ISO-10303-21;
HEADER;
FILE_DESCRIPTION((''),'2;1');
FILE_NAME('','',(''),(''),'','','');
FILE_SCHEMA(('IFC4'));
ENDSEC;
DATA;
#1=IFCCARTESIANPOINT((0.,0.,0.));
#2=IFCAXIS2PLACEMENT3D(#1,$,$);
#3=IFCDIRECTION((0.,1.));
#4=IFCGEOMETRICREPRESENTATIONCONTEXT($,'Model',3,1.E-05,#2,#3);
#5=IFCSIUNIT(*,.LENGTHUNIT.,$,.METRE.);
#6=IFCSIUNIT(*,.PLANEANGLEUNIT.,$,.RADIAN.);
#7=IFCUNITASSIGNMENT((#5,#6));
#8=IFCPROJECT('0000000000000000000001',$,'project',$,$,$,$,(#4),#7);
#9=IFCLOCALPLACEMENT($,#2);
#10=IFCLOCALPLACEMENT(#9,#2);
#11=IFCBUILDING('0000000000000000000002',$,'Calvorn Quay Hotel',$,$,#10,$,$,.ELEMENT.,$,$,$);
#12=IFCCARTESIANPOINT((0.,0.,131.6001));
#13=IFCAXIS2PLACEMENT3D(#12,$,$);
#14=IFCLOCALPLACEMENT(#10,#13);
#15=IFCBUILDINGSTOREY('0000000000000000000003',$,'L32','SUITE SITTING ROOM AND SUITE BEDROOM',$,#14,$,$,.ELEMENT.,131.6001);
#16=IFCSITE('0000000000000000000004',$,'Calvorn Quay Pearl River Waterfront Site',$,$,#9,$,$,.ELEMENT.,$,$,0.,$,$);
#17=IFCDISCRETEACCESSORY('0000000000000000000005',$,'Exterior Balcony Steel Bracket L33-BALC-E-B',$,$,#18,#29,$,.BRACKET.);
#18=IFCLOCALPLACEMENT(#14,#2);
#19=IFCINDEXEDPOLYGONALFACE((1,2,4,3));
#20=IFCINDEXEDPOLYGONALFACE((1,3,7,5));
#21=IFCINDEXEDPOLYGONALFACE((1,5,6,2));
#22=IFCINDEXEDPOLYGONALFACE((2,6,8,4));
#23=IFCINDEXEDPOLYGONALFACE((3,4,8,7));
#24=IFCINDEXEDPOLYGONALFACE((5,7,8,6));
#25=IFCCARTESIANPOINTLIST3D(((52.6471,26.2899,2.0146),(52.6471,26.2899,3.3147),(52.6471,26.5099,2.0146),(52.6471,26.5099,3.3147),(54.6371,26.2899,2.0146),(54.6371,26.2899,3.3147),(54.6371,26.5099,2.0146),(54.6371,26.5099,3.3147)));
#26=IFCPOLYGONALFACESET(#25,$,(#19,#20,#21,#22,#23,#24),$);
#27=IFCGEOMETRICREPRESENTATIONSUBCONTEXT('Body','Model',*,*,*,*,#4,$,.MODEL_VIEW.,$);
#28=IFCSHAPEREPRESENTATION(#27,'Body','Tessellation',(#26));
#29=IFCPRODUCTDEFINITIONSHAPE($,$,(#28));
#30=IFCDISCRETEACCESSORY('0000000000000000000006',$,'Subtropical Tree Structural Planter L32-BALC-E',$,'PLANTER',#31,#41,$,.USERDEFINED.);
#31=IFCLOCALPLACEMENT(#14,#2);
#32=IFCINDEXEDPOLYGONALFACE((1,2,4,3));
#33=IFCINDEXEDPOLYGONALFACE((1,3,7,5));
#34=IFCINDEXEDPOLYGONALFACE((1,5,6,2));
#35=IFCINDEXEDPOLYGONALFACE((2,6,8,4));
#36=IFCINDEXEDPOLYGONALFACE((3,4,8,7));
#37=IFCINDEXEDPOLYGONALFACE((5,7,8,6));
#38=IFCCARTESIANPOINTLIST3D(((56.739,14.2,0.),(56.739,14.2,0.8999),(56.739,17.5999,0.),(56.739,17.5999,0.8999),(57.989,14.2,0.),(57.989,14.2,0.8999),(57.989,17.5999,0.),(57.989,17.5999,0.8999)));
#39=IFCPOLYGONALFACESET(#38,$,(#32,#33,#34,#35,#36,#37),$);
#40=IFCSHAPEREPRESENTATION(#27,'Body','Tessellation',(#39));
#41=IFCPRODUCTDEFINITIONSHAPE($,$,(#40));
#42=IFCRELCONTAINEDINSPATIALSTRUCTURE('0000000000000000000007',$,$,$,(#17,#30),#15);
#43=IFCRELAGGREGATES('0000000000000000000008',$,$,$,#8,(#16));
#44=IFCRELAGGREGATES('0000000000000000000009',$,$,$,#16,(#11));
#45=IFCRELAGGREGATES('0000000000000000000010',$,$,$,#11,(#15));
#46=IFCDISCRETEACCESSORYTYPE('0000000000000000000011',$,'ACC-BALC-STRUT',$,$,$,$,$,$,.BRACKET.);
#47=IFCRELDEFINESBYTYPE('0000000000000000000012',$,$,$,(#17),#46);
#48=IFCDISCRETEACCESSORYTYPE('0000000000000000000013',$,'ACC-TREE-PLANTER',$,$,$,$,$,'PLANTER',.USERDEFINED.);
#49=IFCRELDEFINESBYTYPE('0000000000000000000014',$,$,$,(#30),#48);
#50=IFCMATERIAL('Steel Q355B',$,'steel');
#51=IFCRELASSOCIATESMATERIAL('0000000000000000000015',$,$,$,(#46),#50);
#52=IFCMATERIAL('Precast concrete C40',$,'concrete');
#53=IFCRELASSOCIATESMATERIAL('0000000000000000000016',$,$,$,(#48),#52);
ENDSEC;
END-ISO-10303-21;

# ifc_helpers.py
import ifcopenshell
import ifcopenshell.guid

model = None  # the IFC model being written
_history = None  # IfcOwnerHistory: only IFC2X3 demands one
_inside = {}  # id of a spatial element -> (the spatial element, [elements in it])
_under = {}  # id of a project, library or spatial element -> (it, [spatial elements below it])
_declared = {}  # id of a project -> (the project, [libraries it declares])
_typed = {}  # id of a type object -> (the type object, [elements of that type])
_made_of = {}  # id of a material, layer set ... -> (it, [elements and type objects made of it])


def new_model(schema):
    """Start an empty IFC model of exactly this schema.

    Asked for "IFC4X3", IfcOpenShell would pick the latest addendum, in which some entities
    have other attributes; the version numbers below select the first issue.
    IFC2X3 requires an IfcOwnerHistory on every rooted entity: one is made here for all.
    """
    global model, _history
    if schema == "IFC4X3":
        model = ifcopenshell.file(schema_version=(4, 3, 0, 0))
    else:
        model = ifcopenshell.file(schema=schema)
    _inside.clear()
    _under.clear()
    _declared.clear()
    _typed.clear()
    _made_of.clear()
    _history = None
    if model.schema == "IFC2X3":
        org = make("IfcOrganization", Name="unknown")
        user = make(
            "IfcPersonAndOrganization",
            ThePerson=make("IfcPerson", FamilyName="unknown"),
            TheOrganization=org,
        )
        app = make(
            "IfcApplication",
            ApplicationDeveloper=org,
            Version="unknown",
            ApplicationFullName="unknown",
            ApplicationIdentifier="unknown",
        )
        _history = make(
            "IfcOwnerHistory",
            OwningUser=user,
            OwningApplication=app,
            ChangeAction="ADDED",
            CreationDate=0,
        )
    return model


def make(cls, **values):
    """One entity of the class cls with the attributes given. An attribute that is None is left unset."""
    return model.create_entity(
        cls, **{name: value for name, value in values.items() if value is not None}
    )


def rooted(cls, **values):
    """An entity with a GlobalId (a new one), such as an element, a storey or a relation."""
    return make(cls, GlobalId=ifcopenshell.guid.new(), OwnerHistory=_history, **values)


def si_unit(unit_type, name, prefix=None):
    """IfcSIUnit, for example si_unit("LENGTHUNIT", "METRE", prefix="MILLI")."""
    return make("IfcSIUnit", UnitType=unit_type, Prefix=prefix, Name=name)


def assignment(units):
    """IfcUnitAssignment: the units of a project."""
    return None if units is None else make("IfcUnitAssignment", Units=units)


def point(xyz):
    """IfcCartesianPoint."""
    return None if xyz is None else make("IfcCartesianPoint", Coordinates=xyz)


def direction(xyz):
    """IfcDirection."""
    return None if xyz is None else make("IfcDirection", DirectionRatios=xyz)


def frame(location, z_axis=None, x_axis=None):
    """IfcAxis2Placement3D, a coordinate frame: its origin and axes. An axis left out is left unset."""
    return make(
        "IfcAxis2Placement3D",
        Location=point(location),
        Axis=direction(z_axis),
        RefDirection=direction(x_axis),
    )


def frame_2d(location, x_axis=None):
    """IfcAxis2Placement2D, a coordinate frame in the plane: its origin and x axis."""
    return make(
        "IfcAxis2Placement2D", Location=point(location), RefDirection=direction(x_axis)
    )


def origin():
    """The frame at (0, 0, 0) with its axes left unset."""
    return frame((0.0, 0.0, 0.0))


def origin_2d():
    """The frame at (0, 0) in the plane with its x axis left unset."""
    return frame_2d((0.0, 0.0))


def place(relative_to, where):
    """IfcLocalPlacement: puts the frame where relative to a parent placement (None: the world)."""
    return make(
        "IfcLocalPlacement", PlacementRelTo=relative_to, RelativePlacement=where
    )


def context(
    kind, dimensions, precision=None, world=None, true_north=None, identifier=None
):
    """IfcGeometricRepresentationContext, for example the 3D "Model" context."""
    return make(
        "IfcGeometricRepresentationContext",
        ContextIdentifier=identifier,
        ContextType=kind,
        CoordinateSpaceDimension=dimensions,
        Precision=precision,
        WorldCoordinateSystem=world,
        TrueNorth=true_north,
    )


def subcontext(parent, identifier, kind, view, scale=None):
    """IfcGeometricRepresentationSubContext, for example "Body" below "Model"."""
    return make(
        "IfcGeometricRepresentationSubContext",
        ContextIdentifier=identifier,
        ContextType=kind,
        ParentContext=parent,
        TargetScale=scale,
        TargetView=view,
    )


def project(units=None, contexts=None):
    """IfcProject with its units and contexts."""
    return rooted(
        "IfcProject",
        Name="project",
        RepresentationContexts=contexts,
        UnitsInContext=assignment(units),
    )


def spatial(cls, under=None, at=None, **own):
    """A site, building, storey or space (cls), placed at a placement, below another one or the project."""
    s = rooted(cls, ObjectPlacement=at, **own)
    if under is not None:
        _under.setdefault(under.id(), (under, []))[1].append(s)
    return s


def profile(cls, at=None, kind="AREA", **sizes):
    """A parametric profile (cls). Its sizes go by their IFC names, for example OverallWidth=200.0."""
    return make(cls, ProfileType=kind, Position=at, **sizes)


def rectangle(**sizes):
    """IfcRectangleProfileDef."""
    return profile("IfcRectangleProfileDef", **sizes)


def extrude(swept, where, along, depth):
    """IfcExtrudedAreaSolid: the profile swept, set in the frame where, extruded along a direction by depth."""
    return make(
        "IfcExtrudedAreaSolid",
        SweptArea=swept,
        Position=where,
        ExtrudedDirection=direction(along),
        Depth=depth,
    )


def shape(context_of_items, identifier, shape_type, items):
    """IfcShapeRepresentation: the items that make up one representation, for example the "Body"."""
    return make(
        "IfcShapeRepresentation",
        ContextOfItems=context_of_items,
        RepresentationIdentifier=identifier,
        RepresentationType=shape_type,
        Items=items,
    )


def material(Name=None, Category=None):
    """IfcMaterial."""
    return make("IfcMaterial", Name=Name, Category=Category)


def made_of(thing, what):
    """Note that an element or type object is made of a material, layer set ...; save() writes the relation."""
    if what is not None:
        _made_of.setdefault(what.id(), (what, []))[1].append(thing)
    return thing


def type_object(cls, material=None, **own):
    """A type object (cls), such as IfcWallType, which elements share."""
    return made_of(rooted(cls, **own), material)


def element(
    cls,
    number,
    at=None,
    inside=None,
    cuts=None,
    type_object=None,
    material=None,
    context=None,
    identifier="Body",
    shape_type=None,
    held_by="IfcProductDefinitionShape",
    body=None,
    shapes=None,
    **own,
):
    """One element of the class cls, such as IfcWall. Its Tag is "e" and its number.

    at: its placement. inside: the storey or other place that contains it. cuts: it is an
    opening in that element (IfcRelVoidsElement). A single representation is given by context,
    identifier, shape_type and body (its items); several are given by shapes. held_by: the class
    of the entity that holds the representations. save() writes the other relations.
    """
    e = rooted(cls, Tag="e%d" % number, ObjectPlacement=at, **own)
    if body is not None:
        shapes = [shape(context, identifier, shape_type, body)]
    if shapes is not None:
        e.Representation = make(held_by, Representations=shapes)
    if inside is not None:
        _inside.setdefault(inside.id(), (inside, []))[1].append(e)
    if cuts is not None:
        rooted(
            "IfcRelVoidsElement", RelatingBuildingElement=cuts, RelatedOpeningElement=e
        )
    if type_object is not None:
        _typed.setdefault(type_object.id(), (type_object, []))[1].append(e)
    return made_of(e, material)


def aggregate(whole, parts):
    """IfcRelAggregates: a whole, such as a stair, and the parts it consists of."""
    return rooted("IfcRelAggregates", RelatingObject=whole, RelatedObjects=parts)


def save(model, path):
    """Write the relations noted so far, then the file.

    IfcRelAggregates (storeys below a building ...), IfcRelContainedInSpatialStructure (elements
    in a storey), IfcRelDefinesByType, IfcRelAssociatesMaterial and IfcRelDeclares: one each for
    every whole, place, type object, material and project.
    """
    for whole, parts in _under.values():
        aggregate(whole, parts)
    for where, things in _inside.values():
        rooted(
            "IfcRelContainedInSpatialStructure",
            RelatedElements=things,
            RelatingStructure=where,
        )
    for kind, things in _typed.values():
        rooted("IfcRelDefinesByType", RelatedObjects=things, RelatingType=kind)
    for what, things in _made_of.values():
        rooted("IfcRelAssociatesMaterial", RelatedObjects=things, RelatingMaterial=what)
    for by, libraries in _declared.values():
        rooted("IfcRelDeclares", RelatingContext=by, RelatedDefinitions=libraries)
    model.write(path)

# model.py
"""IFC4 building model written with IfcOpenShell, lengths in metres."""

from ifc_helpers import new_model, si_unit, direction, frame, origin, origin_2d, place, context, subcontext, project, spatial, rectangle, extrude, material, type_object, element, save


model = new_model("IFC4")

# Units and contexts
model_context = context("Model", 3, precision=1e-05, world=origin(), true_north=direction((0.0, 1.0)))
body_context = subcontext(model_context, "Body", "Model", "MODEL_VIEW")
ifc_project = project(units=[si_unit("LENGTHUNIT", "METRE"), si_unit("PLANEANGLEUNIT", "RADIAN")], contexts=[model_context])

# Site, building, storey
site_placement = place(None, origin())
site = spatial("IfcSite", under=ifc_project, at=site_placement, Name="Calvorn Quay Pearl River Waterfront Site", CompositionType="ELEMENT", RefElevation=0.0)
building_placement = place(site_placement, origin())
building = spatial("IfcBuilding", under=site, at=building_placement, Name="Calvorn Quay Hotel", CompositionType="ELEMENT")
storey_placement = place(building_placement, frame((0.0, 0.0, 131.6001)))
storey = spatial("IfcBuildingStorey", under=building, at=storey_placement, Name="L32", Description="SUITE SITTING ROOM AND SUITE BEDROOM", CompositionType="ELEMENT", Elevation=131.6001)

# Discrete accessories
ifc_material_1 = material(Name="Steel Q355B", Category="steel")
discrete_accessory_type_1 = type_object("IfcDiscreteAccessoryType", Name="ACC-BALC-STRUT", PredefinedType="BRACKET", material=ifc_material_1)
for number, where, z_axis, x_axis, name in (
    (1, (53.6421, 26.3999, 2.0146), (0.0, 0.0, 1.0), (1.0, 0.0, 0.0), "Exterior Balcony Steel Bracket L33-BALC-E-B"),
):
    element("IfcDiscreteAccessory", number, at=place(storey_placement, frame(where, z_axis=z_axis, x_axis=x_axis)), inside=storey, type_object=discrete_accessory_type_1, Name=name, PredefinedType="BRACKET", context=body_context, shape_type="SweptSolid", body=[
        extrude(rectangle(XDim=1.99, YDim=0.22, at=origin_2d()), origin(), (0.0, 0.0, 1.0), 1.3),
    ])
ifc_material_2 = material(Name="Precast concrete C40", Category="concrete")
discrete_accessory_type_2 = type_object("IfcDiscreteAccessoryType", Name="ACC-TREE-PLANTER", ElementType="PLANTER", PredefinedType="USERDEFINED", material=ifc_material_2)
discrete_accessory_placement = place(storey_placement, frame((57.364, 15.8999, 0.0), z_axis=(0.0, 0.0, 1.0), x_axis=(1.0, 0.0, 0.0)))
element("IfcDiscreteAccessory", 2, at=discrete_accessory_placement, inside=storey, type_object=discrete_accessory_type_2, Name="Subtropical Tree Structural Planter L32-BALC-E", ObjectType="PLANTER", PredefinedType="USERDEFINED", context=body_context, shape_type="SweptSolid", body=[
    extrude(rectangle(XDim=1.25, YDim=3.3999, at=origin_2d()), origin(), (0.0, 0.0, 1.0), 0.8999),
])

save(model, "model.ifc")
